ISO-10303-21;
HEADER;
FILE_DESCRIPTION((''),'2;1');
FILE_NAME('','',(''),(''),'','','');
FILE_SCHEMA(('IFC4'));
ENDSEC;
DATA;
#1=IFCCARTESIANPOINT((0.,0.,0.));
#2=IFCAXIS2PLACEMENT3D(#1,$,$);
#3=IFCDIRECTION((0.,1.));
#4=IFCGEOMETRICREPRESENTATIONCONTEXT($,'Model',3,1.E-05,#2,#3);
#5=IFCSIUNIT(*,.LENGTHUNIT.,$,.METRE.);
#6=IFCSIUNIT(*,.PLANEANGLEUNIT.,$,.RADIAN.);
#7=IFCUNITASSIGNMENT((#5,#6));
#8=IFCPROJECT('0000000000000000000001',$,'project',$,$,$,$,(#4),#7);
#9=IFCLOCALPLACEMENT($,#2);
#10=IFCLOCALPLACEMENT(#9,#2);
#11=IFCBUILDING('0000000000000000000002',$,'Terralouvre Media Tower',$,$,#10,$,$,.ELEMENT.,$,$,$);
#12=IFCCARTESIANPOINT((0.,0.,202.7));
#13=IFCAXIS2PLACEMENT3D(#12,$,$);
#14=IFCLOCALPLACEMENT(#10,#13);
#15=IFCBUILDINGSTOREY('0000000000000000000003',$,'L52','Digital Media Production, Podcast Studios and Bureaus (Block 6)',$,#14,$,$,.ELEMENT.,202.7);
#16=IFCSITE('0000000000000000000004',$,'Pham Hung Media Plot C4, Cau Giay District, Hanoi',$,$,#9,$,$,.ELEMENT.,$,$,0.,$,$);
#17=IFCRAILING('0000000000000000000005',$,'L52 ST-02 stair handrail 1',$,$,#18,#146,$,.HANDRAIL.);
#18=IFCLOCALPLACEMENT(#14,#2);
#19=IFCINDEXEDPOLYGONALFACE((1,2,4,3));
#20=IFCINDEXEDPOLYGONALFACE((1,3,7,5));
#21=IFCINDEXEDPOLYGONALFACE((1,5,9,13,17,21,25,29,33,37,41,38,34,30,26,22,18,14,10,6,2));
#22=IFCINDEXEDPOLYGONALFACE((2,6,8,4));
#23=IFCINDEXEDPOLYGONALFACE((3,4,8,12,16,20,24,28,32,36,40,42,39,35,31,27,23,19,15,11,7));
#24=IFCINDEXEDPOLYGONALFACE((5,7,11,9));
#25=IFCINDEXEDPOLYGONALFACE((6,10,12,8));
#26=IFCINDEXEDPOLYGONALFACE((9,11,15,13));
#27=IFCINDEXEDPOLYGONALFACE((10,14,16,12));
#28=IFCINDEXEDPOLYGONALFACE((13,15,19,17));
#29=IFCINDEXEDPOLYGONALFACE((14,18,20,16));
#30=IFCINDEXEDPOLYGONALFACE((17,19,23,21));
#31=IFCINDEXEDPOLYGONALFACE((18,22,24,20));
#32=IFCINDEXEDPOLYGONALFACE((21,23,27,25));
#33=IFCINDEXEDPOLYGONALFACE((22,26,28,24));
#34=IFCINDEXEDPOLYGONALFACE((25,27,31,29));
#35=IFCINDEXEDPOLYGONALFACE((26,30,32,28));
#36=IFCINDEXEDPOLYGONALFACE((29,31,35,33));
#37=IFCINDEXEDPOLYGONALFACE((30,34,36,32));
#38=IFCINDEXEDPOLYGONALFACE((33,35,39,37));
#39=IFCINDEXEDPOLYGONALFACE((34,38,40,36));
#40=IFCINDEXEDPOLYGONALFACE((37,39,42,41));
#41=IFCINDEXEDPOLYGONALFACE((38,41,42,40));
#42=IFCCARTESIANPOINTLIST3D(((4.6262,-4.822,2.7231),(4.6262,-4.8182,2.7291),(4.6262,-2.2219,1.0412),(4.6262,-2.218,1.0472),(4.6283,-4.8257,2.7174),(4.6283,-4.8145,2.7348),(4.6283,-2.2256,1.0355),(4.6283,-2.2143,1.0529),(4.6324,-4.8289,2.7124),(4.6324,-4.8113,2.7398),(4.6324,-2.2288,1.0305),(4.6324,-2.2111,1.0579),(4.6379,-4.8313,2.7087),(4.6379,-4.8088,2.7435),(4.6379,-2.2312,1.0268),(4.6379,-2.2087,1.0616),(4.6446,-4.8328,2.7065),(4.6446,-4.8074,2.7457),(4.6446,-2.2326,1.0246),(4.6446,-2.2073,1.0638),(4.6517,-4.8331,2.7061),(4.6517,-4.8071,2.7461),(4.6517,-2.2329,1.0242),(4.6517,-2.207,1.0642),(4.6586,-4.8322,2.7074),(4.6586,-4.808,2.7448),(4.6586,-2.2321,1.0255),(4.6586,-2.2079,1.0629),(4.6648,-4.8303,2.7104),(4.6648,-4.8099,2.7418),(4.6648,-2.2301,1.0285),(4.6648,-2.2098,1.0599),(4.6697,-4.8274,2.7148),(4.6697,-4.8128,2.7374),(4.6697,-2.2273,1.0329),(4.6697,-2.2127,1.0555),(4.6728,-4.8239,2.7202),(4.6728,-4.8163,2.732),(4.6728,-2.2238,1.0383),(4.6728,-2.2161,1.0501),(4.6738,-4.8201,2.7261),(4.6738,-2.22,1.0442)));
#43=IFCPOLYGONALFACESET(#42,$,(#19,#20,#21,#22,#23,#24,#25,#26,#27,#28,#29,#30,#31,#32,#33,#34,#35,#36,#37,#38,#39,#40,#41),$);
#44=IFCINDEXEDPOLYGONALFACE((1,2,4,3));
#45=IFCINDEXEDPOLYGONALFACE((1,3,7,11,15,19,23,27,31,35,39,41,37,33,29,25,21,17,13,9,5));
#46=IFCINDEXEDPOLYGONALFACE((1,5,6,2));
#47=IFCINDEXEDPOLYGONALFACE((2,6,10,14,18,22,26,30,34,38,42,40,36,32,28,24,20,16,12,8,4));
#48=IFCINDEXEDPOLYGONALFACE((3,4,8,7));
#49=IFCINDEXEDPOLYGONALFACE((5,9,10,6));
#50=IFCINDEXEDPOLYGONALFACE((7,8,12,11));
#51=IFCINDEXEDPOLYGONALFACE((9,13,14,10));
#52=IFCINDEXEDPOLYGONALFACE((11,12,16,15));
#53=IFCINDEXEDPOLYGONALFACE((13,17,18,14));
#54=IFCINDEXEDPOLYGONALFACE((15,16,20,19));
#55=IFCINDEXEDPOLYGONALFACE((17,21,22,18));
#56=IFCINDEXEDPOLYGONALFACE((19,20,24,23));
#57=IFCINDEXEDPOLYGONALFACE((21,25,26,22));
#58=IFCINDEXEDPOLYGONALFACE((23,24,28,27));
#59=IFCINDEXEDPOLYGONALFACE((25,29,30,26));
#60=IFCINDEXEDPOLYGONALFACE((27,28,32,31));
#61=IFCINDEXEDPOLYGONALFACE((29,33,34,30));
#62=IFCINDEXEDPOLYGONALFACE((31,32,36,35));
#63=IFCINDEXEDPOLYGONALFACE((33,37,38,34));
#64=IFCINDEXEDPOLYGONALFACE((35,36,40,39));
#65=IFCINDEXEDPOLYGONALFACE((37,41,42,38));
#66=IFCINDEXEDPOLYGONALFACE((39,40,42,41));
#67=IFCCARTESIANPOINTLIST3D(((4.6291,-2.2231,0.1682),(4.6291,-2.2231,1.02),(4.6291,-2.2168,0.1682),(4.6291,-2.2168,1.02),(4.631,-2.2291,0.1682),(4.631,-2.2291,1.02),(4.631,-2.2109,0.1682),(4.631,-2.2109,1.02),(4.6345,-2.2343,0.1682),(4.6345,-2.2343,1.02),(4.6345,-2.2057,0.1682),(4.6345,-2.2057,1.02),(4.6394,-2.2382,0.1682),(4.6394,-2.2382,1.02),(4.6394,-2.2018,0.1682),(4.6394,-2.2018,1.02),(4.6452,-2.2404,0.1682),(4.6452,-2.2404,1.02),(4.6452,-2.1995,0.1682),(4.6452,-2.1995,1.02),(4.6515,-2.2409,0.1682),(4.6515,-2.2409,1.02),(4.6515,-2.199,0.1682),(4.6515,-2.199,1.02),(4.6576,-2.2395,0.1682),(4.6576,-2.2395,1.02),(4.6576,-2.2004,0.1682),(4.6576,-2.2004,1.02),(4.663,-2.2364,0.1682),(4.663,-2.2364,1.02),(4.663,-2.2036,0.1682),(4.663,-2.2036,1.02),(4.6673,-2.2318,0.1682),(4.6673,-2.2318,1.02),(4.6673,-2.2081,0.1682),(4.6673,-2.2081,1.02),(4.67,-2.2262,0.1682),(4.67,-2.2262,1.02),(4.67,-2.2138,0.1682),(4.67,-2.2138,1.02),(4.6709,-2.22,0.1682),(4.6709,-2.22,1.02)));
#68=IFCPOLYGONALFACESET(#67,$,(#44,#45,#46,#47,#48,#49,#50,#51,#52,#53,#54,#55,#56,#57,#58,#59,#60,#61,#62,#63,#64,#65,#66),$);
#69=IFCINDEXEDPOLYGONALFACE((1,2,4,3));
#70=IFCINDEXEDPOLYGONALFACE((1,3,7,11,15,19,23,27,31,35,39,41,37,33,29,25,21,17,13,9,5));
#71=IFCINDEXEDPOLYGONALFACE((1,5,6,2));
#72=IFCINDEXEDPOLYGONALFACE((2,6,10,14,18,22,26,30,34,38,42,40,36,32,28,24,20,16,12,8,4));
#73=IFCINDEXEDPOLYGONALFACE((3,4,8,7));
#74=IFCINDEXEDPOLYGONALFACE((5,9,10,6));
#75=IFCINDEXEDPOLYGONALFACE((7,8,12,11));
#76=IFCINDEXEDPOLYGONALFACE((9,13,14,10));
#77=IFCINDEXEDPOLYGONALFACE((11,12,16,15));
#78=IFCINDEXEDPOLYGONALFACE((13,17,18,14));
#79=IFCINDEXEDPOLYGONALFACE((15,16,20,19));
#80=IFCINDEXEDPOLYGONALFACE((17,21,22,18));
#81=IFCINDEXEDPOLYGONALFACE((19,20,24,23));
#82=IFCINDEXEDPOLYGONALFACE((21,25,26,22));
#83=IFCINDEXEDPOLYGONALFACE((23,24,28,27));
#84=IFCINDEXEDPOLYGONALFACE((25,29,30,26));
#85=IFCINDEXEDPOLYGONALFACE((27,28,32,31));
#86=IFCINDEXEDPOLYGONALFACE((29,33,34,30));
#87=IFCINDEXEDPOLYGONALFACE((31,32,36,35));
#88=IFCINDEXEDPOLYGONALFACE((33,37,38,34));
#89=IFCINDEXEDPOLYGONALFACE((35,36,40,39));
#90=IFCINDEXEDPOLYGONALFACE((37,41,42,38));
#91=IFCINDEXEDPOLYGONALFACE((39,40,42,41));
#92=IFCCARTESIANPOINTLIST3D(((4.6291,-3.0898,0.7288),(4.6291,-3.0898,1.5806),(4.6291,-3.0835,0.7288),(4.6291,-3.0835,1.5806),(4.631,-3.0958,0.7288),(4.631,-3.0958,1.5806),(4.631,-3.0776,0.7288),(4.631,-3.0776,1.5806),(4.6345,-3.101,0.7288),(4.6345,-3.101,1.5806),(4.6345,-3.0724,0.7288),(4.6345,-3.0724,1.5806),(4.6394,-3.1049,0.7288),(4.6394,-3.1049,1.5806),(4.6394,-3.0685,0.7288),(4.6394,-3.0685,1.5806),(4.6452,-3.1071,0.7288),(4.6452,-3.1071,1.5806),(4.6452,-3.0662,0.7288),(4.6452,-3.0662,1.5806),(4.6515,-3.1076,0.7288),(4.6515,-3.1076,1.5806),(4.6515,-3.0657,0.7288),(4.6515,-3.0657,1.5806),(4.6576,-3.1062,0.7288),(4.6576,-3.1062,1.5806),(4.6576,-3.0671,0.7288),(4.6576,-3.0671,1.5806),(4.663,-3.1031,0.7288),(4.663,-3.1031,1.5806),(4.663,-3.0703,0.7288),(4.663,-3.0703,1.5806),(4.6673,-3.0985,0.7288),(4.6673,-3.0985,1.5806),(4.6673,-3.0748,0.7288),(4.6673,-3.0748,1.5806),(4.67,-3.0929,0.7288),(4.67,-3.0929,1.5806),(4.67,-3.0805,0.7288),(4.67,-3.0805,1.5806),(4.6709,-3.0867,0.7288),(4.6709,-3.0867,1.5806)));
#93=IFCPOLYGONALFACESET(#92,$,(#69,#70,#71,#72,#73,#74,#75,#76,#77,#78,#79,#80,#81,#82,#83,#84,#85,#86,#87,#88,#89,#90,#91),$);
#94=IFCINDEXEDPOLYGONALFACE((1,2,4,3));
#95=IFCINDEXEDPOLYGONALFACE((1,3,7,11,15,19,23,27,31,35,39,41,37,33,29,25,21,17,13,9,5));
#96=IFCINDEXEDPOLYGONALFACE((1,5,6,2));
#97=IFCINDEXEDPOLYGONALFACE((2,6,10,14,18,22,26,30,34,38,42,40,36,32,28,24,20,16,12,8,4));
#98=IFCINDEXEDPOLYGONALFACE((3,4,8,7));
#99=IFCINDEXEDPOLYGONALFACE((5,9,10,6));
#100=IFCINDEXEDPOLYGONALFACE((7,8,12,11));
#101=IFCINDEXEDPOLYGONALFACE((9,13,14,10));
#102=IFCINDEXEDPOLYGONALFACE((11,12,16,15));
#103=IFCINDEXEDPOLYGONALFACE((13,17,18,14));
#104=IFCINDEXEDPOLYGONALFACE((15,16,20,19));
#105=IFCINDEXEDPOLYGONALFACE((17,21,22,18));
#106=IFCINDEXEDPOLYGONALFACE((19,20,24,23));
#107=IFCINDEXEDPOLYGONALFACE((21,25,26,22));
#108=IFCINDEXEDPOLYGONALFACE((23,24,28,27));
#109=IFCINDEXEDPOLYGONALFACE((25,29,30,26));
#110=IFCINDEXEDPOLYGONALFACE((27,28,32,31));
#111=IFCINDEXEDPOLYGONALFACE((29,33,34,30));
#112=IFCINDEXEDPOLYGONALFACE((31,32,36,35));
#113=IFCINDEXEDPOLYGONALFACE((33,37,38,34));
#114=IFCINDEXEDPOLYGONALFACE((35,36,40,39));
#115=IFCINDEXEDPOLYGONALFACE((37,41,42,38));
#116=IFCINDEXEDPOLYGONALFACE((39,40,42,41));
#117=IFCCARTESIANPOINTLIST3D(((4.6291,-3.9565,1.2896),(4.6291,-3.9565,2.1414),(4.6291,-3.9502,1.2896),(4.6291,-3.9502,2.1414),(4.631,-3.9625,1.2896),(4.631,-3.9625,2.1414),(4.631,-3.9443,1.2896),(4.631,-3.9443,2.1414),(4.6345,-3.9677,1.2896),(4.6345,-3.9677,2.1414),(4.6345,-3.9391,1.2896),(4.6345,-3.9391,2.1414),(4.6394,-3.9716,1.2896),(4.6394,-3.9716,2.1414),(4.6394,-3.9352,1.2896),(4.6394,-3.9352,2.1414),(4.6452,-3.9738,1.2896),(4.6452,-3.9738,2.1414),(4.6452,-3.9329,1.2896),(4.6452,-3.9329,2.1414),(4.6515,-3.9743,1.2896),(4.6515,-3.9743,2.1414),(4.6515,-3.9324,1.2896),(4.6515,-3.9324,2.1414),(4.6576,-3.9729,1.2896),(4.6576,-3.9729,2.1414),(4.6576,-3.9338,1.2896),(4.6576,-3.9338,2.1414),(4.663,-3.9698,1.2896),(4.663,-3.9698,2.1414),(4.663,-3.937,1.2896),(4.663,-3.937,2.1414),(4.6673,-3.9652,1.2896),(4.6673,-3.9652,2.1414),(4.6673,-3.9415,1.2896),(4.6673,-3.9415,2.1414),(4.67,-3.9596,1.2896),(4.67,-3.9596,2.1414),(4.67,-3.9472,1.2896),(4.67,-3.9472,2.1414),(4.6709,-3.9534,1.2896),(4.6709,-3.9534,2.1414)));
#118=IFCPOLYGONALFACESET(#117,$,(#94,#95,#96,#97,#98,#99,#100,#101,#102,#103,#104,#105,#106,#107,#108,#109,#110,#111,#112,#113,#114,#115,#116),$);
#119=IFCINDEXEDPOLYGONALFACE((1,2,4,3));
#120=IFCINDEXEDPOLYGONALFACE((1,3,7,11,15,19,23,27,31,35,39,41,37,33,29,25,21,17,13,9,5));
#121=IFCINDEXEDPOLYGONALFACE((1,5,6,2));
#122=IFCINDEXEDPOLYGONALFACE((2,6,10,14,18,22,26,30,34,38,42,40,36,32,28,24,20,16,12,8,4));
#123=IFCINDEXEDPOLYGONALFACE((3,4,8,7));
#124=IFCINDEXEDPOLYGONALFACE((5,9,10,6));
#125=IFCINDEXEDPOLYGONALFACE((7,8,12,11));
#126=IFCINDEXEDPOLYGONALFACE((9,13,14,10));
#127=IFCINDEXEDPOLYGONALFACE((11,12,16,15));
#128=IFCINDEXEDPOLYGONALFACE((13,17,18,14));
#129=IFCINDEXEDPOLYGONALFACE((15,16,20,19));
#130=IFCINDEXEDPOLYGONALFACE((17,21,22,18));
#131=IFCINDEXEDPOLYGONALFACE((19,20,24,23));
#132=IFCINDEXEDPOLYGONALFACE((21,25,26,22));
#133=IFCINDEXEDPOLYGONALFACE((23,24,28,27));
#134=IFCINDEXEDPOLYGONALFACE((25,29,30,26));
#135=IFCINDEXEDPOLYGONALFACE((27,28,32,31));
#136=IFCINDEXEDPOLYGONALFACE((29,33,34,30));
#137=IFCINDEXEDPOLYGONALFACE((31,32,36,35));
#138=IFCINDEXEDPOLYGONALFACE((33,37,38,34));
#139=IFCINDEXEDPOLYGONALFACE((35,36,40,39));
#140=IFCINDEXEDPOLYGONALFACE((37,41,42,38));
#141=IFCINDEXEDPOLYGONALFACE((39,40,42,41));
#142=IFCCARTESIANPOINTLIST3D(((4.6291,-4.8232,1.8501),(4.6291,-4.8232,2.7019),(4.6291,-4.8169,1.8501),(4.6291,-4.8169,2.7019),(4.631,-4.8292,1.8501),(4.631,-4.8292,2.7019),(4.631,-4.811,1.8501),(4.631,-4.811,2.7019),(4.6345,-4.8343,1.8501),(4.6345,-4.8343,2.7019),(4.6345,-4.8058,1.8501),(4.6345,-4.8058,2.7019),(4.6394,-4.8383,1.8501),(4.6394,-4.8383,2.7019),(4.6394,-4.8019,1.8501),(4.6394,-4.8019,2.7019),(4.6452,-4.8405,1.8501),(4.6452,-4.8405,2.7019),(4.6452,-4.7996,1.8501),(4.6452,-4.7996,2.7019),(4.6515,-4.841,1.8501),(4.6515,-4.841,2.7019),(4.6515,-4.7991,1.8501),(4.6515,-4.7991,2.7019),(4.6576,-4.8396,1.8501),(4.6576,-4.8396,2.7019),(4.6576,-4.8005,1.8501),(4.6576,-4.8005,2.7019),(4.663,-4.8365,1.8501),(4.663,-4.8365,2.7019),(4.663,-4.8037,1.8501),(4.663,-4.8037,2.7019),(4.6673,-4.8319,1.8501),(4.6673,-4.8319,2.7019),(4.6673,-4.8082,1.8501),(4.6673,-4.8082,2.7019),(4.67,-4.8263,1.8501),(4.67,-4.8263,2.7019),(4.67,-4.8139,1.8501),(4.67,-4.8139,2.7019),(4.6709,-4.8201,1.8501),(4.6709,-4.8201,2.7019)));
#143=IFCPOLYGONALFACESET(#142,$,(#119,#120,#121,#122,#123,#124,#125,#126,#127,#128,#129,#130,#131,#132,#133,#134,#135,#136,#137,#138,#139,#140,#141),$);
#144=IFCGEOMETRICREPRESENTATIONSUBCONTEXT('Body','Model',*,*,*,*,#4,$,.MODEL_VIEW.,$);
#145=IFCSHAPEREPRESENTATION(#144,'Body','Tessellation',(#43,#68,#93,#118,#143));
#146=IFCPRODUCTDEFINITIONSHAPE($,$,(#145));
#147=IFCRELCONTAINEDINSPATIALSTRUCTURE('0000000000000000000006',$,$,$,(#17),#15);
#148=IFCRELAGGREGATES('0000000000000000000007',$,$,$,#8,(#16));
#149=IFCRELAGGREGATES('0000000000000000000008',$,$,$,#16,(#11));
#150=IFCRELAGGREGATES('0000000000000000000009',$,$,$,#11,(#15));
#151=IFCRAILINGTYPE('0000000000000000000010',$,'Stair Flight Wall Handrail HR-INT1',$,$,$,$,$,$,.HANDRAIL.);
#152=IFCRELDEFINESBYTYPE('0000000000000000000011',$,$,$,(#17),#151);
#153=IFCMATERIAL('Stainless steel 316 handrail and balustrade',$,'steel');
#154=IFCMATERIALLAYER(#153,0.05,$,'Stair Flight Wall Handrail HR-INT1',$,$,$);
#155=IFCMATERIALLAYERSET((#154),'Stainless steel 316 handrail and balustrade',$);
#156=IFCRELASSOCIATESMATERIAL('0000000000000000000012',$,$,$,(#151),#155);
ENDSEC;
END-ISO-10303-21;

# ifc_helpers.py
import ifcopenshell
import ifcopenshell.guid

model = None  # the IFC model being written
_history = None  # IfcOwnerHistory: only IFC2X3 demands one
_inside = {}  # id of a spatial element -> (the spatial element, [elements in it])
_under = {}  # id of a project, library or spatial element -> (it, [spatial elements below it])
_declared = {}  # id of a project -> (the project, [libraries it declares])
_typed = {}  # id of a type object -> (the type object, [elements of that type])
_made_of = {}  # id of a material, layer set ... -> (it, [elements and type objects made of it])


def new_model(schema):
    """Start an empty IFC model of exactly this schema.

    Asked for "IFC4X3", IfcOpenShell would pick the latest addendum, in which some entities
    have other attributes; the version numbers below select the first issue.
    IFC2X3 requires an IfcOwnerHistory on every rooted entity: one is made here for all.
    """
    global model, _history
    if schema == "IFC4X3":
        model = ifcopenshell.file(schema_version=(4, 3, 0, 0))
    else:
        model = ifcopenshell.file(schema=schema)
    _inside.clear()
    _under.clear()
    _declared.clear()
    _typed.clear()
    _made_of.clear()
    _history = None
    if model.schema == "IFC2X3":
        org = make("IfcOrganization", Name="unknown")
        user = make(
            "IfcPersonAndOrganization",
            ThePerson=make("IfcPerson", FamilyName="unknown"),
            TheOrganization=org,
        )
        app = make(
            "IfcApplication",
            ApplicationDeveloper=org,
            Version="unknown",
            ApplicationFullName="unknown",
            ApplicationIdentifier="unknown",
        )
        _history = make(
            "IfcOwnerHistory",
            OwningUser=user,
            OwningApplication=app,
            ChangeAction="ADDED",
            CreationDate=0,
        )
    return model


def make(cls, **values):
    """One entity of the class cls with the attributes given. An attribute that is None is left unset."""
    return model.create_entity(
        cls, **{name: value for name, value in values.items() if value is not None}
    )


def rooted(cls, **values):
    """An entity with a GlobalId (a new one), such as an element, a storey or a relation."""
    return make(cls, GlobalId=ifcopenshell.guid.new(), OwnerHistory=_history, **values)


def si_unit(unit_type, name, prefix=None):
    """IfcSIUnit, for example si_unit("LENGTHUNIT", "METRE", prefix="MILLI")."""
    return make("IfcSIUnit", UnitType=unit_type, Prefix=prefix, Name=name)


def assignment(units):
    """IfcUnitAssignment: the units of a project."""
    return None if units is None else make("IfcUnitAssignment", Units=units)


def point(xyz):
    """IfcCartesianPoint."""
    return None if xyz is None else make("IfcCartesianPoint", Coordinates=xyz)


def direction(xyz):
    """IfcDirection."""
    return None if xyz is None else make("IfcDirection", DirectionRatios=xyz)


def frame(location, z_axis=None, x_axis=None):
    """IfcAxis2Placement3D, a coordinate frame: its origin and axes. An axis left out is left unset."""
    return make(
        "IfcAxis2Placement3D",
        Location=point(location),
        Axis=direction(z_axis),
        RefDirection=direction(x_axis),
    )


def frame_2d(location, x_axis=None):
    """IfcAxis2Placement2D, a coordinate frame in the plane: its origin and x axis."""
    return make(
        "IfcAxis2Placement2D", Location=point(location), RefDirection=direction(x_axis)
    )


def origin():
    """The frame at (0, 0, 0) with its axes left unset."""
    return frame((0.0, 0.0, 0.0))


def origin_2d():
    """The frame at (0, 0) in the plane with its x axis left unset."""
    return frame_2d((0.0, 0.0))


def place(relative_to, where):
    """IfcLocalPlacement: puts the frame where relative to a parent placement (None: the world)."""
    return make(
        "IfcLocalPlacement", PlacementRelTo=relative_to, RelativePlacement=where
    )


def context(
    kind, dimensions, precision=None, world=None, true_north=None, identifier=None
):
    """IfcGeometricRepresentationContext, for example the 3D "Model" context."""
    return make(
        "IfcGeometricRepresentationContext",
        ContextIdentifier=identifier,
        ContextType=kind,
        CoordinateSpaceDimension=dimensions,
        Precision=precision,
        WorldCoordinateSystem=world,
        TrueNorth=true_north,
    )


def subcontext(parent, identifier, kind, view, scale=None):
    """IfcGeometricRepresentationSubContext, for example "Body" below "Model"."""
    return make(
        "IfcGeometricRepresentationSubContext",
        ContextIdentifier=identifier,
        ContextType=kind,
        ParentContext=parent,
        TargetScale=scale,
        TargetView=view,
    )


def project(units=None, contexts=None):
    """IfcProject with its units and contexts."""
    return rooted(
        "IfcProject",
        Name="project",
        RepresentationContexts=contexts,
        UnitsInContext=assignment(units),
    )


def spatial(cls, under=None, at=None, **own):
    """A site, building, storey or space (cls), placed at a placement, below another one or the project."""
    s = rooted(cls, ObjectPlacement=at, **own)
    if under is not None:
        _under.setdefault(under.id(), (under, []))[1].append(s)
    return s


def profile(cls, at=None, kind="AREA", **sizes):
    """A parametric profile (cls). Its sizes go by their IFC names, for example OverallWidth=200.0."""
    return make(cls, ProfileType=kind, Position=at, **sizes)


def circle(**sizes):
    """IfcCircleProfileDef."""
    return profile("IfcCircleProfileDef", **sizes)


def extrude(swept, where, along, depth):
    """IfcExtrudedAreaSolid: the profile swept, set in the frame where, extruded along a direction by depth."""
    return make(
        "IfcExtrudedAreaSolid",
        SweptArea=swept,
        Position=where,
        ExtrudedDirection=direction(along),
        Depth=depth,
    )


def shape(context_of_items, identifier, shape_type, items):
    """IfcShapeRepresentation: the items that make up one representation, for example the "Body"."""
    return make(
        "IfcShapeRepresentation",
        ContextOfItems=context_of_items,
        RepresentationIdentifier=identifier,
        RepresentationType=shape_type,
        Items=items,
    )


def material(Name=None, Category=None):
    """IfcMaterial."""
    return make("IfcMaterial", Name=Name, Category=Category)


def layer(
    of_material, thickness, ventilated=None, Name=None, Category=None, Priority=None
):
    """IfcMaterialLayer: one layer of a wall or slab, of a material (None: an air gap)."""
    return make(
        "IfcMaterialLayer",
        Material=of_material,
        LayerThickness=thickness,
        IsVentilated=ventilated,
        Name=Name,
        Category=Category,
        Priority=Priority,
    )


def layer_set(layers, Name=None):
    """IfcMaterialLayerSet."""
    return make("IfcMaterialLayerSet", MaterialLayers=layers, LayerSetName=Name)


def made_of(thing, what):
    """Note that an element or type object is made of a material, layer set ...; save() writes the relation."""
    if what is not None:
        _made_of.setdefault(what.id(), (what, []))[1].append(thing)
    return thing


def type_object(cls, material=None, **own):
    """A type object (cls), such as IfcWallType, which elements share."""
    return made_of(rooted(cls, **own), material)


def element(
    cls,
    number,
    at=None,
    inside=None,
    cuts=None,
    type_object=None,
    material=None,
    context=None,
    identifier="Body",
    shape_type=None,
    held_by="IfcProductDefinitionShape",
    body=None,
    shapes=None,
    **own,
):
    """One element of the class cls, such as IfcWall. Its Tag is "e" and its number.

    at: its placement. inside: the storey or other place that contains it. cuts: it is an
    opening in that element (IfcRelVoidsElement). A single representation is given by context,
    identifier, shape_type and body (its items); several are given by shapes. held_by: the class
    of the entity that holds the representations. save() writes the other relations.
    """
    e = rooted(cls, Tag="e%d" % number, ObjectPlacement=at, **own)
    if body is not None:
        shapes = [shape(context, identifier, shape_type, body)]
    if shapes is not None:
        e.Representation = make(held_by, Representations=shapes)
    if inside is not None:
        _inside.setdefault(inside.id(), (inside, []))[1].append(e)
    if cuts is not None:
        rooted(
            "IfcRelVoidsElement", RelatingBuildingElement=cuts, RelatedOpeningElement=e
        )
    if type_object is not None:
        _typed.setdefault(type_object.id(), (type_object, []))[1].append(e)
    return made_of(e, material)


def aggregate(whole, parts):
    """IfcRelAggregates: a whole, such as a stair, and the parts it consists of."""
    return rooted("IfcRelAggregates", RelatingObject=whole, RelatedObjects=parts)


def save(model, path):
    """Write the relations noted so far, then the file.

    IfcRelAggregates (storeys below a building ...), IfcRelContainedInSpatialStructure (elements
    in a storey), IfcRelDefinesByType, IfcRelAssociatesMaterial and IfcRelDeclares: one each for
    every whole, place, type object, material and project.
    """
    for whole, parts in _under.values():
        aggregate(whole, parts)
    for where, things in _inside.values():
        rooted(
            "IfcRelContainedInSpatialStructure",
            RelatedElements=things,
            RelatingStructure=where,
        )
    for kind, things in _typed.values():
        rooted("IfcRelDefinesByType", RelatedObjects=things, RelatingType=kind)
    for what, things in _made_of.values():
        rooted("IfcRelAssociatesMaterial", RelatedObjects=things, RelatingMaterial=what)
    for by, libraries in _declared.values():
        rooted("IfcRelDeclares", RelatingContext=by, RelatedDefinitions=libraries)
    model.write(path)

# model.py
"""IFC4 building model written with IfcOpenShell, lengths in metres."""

from ifc_helpers import new_model, si_unit, direction, frame, origin, origin_2d, place, context, subcontext, project, spatial, circle, extrude, material, layer, layer_set, type_object, element, save


model = new_model("IFC4")

# Units and contexts
model_context = context("Model", 3, precision=1e-05, world=origin(), true_north=direction((0.0, 1.0)))
body_context = subcontext(model_context, "Body", "Model", "MODEL_VIEW")
ifc_project = project(units=[si_unit("LENGTHUNIT", "METRE"), si_unit("PLANEANGLEUNIT", "RADIAN")], contexts=[model_context])

# Site, building, storey
site_placement = place(None, origin())
site = spatial("IfcSite", under=ifc_project, at=site_placement, Name="Pham Hung Media Plot C4, Cau Giay District, Hanoi", CompositionType="ELEMENT", RefElevation=0.0)
building_placement = place(site_placement, origin())
building = spatial("IfcBuilding", under=site, at=building_placement, Name="Terralouvre Media Tower", CompositionType="ELEMENT")
storey_placement = place(building_placement, frame((0.0, 0.0, 202.7)))
storey = spatial("IfcBuildingStorey", under=building, at=storey_placement, Name="L52", Description="Digital Media Production, Podcast Studios and Bureaus (Block 6)", CompositionType="ELEMENT", Elevation=202.7)

# Railing
ifc_material_1 = material(Name="Stainless steel 316 handrail and balustrade", Category="steel")
ifc_layer_1 = layer(ifc_material_1, 0.05, Name="Stair Flight Wall Handrail HR-INT1")
ifc_layer_set_1 = layer_set([ifc_layer_1], Name="Stainless steel 316 handrail and balustrade")
railing_type_1 = type_object("IfcRailingType", Name="Stair Flight Wall Handrail HR-INT1", PredefinedType="HANDRAIL", material=ifc_layer_set_1)
railing_1_placement = place(storey_placement, frame((4.6499, -2.22, 0.1682)))
element("IfcRailing", 1, at=railing_1_placement, inside=storey, type_object=railing_type_1, Name="L52 ST-02 stair handrail 1", PredefinedType="HANDRAIL", context=body_context, shape_type="SweptSolid", body=[
    extrude(circle(Radius=0.0239, at=origin_2d()), frame((0.0, 0.0, 0.876), z_axis=(0.0, -0.839648, 0.54313), x_axis=(1.0, 0.0, 0.0)), (0.0, 0.0, 1.0), 3.0967),
    extrude(circle(Radius=0.021, at=origin_2d()), origin(), (0.0, 0.0, 1.0), 0.8518),
    extrude(circle(Radius=0.021, at=origin_2d()), frame((0.0, -0.8667, 0.5605)), (0.0, 0.0, 1.0), 0.8518),
    extrude(circle(Radius=0.021, at=origin_2d()), frame((0.0, -1.7334, 1.1213)), (0.0, 0.0, 1.0), 0.8518),
    extrude(circle(Radius=0.021, at=origin_2d()), frame((0.0, -2.6001, 1.6819)), (0.0, 0.0, 1.0), 0.8518),
])

save(model, "model.ifc")
